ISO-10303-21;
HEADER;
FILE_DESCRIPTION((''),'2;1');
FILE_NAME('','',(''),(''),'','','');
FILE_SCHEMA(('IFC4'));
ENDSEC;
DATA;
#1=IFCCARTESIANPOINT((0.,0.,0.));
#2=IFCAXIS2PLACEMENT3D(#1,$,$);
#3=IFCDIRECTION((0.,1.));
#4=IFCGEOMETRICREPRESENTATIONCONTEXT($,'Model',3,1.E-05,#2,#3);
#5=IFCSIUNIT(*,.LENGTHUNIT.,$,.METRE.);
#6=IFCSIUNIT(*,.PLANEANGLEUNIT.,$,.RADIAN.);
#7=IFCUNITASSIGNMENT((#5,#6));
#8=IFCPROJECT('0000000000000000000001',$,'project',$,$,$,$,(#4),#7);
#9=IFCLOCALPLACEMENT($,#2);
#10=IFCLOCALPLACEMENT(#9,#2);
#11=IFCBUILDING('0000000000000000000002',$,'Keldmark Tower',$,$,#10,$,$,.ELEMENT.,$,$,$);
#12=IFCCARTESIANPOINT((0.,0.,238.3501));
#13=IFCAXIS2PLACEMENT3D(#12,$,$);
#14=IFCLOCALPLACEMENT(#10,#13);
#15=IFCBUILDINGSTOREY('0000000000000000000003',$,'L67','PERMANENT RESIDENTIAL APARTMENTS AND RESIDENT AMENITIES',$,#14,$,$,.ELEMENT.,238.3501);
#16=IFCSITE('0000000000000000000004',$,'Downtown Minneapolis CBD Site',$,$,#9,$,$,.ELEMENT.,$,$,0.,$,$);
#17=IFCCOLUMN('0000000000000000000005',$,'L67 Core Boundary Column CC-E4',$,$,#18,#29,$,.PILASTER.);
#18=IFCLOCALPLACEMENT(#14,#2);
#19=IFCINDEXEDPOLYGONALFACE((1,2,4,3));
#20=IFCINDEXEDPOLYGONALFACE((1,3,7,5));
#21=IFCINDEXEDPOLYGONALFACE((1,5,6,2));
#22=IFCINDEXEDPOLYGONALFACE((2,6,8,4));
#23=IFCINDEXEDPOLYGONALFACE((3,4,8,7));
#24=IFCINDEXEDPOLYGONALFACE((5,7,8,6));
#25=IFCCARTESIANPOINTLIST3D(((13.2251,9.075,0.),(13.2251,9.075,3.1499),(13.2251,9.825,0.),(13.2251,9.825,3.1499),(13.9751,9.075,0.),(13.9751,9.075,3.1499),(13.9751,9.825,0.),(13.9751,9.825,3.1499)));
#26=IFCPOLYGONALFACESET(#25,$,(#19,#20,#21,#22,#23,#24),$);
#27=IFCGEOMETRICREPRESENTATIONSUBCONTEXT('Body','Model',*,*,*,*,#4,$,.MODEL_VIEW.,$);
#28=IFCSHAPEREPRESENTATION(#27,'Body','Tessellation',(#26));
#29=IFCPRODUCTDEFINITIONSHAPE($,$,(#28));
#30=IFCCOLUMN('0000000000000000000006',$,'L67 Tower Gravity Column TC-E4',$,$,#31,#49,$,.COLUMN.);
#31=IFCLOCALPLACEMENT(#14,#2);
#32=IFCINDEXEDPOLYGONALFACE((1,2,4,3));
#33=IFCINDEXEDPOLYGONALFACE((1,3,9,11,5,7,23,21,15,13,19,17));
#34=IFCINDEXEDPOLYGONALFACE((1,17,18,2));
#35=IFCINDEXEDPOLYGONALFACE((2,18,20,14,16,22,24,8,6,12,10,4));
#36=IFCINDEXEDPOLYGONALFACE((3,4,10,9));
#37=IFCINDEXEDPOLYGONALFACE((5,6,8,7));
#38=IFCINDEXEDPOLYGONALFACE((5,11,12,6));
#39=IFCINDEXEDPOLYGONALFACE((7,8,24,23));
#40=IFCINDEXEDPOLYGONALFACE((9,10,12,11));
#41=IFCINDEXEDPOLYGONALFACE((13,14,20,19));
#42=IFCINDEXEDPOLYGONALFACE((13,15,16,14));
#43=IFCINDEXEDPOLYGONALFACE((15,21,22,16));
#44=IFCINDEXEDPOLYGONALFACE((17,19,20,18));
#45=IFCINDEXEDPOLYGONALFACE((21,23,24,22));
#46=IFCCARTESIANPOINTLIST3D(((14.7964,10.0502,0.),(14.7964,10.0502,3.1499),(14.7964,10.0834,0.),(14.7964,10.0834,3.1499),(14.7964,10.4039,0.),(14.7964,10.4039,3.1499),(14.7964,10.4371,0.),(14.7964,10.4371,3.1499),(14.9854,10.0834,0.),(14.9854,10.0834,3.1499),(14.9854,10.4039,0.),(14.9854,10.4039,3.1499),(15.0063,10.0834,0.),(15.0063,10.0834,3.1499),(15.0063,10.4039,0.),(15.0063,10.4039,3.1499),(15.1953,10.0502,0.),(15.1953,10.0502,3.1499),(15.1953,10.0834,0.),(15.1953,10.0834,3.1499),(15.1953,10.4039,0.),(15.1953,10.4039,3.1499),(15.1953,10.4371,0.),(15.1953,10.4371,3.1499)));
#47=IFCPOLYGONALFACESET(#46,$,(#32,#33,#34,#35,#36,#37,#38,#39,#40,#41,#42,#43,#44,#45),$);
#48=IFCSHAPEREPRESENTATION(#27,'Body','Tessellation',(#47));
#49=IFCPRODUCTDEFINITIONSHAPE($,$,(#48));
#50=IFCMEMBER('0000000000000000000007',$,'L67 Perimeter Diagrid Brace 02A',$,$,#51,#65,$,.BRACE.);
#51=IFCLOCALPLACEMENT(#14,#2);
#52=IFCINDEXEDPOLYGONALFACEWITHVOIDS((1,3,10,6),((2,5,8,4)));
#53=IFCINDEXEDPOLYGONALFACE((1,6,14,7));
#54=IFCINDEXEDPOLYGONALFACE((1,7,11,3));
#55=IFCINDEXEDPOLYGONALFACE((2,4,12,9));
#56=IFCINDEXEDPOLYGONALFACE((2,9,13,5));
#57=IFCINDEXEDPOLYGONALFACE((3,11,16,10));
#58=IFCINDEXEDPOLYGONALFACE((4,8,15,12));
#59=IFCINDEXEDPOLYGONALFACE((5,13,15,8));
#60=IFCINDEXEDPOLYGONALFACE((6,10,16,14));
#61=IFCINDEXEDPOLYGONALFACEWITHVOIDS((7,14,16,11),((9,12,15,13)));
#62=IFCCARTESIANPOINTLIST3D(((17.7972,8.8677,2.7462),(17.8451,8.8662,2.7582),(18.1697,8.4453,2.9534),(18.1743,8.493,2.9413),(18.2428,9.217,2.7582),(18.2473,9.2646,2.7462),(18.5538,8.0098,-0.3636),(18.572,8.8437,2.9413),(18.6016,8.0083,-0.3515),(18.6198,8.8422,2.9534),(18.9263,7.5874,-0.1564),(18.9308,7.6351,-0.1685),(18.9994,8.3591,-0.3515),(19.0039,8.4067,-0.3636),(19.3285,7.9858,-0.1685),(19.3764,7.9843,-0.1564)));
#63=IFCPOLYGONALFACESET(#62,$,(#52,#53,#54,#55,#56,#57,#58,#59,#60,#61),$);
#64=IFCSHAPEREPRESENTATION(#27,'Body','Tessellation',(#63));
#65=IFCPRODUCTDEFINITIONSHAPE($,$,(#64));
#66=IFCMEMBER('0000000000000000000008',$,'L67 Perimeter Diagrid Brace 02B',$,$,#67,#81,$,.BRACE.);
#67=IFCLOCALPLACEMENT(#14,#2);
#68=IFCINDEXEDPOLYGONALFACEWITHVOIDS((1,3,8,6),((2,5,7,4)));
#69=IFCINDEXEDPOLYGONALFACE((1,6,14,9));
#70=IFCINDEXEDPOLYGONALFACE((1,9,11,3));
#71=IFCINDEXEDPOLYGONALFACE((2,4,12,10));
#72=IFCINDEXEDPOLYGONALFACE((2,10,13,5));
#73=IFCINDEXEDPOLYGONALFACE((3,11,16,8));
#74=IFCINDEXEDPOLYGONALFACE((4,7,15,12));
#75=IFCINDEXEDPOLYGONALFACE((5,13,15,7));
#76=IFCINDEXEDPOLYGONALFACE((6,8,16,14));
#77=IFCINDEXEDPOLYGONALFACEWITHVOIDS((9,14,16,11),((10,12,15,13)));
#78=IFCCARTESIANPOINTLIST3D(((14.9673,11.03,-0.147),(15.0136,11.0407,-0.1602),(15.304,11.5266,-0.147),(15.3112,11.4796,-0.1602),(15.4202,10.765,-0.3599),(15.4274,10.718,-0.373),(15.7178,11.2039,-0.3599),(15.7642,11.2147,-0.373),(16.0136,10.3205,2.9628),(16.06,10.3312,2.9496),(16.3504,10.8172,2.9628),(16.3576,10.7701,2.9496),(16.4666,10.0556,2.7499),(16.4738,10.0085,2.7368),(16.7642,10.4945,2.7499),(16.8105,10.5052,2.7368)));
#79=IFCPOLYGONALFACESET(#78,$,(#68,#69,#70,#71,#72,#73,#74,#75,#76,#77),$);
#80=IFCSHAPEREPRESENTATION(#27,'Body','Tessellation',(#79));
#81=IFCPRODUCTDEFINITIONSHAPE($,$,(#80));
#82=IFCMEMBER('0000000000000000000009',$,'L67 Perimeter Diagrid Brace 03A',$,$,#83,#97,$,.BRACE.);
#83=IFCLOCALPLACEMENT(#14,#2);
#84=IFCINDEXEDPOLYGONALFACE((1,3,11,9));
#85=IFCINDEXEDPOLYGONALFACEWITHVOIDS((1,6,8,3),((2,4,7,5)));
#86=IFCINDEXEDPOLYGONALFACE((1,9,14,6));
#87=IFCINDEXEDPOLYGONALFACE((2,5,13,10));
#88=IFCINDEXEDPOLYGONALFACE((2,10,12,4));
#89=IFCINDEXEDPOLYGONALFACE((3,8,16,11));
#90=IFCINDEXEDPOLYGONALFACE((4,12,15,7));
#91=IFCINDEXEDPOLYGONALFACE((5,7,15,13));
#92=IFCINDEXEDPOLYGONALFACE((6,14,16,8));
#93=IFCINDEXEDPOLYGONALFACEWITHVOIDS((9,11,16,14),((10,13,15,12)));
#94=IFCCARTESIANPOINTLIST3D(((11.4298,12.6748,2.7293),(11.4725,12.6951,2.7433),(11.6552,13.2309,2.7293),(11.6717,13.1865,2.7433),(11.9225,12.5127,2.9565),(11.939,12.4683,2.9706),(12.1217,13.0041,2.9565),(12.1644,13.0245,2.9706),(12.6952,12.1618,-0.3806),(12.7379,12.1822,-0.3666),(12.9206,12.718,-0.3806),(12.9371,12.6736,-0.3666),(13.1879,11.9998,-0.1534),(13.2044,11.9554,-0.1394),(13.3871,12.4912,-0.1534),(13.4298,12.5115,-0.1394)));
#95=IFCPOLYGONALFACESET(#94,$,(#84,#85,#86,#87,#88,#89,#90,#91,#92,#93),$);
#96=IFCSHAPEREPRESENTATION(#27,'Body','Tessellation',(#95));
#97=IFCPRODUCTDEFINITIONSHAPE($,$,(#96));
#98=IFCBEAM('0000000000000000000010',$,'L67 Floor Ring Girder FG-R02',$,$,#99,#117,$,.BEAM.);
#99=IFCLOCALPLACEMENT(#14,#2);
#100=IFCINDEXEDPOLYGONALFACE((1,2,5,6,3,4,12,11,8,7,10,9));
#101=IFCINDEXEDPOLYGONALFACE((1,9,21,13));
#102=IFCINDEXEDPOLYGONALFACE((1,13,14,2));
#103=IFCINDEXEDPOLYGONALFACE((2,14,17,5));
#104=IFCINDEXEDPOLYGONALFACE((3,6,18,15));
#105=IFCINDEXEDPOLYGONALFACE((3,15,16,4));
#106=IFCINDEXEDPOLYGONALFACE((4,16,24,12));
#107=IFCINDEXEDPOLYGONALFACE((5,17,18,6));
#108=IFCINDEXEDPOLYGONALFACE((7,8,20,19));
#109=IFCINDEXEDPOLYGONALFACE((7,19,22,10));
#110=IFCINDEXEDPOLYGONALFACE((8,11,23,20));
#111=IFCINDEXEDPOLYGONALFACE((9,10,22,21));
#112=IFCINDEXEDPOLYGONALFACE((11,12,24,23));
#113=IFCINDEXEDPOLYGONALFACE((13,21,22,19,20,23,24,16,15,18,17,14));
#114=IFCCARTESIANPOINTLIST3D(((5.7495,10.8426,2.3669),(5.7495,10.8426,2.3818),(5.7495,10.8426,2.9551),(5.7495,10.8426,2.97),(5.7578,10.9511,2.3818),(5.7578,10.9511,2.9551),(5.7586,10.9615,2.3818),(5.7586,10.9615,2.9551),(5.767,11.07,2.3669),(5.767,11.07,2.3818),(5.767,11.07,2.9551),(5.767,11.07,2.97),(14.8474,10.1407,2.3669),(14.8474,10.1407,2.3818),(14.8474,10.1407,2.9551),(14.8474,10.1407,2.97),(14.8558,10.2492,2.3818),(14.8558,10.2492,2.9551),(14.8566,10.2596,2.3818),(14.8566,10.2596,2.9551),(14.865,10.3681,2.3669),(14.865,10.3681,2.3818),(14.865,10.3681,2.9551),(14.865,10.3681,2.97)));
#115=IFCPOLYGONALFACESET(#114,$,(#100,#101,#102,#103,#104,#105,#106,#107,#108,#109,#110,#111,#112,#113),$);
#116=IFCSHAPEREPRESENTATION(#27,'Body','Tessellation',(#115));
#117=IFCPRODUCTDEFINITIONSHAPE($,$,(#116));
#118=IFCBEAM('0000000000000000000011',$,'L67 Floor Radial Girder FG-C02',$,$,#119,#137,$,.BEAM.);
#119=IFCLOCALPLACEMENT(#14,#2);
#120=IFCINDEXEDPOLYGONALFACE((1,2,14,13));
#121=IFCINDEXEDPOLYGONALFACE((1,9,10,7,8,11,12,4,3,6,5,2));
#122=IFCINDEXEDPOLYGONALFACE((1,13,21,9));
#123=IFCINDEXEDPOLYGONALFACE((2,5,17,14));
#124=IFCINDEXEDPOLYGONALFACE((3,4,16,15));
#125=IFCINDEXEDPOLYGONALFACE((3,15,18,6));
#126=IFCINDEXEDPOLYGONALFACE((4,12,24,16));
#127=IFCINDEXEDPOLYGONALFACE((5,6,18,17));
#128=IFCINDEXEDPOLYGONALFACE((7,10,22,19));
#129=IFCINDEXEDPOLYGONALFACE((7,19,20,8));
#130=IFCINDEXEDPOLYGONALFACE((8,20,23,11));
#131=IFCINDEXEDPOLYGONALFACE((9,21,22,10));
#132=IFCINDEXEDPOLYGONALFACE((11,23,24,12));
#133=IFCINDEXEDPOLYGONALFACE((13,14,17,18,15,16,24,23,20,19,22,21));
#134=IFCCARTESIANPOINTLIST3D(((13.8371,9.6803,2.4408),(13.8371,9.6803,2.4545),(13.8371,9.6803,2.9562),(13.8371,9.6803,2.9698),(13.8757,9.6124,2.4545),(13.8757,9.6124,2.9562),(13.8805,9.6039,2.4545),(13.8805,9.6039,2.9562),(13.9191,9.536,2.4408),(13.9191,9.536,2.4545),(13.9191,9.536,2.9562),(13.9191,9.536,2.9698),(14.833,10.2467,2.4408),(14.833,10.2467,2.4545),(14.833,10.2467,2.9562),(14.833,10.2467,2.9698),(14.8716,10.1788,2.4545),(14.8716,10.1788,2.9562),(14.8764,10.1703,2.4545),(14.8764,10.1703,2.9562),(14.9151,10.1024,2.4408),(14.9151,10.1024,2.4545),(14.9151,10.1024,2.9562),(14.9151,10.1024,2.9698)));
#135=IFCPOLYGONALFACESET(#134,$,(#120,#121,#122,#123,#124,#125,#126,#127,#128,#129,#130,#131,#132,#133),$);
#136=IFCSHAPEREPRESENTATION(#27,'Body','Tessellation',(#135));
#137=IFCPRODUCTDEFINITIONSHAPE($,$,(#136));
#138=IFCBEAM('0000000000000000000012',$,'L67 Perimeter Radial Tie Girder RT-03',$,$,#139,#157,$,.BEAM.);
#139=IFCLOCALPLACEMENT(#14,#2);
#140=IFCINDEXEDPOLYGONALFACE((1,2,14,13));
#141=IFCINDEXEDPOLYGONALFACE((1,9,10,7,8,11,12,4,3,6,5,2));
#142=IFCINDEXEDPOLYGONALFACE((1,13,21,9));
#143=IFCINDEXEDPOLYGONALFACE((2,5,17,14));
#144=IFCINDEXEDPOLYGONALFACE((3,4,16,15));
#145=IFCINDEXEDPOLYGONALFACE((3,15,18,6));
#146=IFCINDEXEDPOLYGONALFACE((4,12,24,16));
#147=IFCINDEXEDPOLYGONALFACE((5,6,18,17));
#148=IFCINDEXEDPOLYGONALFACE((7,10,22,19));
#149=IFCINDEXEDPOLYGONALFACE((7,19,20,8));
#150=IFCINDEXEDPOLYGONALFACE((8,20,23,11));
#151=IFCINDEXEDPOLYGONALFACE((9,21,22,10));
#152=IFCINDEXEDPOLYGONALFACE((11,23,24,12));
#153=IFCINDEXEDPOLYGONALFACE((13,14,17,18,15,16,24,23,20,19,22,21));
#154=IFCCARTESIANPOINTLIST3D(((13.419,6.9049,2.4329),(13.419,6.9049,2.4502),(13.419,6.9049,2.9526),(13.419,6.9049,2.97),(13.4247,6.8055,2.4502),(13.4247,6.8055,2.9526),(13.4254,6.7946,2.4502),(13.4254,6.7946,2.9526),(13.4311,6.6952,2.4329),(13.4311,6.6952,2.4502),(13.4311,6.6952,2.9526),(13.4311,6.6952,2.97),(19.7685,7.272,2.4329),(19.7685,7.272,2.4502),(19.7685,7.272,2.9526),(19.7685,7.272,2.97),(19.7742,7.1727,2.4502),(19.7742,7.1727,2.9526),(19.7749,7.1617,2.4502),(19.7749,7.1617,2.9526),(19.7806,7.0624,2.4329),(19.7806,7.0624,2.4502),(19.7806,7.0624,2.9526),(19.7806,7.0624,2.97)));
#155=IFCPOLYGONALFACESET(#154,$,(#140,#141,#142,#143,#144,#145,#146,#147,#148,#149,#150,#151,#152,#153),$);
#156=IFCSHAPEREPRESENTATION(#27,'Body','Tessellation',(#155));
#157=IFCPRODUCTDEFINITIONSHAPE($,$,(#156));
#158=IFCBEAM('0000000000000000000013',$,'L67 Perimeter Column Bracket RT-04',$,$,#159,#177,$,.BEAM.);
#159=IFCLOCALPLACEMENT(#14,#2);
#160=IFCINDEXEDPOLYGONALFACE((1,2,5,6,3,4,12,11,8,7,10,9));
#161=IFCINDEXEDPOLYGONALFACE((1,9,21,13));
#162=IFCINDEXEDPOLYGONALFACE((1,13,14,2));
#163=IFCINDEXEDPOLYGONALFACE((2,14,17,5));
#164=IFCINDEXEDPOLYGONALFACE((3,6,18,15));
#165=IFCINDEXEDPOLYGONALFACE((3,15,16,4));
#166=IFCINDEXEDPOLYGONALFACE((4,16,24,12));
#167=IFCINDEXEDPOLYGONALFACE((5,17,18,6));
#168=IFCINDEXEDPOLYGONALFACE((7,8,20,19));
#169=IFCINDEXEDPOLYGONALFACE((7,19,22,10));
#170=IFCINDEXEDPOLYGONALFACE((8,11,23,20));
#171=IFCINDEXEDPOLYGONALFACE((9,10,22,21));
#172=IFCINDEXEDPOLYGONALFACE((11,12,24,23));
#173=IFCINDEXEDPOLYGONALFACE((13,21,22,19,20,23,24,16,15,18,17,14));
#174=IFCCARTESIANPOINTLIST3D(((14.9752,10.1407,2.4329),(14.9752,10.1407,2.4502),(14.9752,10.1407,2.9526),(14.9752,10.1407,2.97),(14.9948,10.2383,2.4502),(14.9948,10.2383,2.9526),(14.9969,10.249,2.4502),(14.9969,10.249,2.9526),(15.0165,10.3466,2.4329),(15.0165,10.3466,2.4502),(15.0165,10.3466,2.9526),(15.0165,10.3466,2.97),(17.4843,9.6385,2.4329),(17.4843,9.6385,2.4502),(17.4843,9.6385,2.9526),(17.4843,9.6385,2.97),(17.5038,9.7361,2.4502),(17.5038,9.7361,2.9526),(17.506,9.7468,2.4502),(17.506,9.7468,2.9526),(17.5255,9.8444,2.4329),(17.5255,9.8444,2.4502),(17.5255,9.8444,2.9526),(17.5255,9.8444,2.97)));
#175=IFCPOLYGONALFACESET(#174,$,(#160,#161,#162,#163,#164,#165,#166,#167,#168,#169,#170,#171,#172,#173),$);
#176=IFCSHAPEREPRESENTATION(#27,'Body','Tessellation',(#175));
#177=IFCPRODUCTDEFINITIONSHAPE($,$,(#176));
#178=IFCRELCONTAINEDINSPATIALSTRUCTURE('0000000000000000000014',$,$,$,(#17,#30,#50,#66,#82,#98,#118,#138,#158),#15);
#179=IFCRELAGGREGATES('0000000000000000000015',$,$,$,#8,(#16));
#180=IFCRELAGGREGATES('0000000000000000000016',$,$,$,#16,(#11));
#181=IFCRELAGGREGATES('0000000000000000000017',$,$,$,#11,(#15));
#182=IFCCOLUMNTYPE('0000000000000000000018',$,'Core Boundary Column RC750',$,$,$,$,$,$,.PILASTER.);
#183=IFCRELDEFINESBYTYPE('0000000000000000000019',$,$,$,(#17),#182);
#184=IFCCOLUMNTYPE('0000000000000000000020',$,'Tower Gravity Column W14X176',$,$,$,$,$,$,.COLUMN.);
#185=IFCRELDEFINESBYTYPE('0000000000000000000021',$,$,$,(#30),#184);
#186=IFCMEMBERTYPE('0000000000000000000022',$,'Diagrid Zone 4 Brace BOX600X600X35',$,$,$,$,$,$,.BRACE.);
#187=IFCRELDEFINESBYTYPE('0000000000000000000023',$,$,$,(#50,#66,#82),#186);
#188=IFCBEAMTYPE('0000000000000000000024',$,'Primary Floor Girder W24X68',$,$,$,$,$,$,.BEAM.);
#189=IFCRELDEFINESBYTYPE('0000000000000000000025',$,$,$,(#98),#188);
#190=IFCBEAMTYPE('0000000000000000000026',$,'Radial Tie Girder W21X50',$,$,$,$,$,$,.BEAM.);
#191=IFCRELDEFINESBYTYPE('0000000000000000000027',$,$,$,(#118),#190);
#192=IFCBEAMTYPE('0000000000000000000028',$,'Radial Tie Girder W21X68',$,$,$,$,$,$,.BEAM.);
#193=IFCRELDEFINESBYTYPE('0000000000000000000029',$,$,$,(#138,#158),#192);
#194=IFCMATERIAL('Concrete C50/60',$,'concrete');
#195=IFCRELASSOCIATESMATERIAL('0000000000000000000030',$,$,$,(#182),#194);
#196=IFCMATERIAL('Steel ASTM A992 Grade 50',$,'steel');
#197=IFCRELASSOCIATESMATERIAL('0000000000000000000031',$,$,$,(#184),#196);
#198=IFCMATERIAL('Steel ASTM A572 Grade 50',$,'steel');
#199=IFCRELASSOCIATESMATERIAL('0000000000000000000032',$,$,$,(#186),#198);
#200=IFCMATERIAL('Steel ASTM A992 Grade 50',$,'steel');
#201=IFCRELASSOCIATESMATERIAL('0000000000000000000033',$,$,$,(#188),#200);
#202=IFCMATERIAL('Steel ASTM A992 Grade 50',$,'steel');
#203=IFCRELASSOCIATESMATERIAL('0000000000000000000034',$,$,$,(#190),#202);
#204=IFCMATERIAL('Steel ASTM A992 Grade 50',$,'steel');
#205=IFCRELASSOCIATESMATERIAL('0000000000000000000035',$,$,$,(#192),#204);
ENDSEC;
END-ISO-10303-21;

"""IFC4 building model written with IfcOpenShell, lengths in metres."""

from ifc_helpers import new_model, si_unit, direction, frame, origin, origin_2d, place, context, subcontext, project, spatial, rectangle, hollow_rectangle, i_section, extrude, material, material_profile, profile_set, type_object, element, save


model = new_model("IFC4")

# Units and contexts
model_context = context("Model", 3, precision=1e-05, world=origin(), true_north=direction((0.0, 1.0)))
body_context = subcontext(model_context, "Body", "Model", "MODEL_VIEW")
ifc_project = project(units=[si_unit("LENGTHUNIT", "METRE"), si_unit("PLANEANGLEUNIT", "RADIAN")], contexts=[model_context])

# Site, building, storey
site_placement = place(None, origin())
site = spatial("IfcSite", under=ifc_project, at=site_placement, Name="Downtown Minneapolis CBD Site", CompositionType="ELEMENT", RefElevation=0.0)
building_placement = place(site_placement, origin())
building = spatial("IfcBuilding", under=site, at=building_placement, Name="Keldmark Tower", CompositionType="ELEMENT")
storey_placement = place(building_placement, frame((0.0, 0.0, 238.3501)))
storey = spatial("IfcBuildingStorey", under=building, at=storey_placement, Name="L67", Description="PERMANENT RESIDENTIAL APARTMENTS AND RESIDENT AMENITIES", CompositionType="ELEMENT", Elevation=238.3501)

# Columns
ifc_material_1 = material(Name="Concrete C50/60", Category="concrete")
ifc_material_profile_1 = material_profile(ifc_material_1, rectangle(XDim=0.75, YDim=0.75, at=origin_2d()), Name="RC750X750")
ifc_profile_set_1 = profile_set([ifc_material_profile_1], Name="Concrete C50/60")
column_type_1 = type_object("IfcColumnType", Name="Core Boundary Column RC750", PredefinedType="PILASTER", material=ifc_profile_set_1)
column_1_placement = place(storey_placement, frame((13.6001, 9.45, 0.0), z_axis=(0.0, 0.0, 1.0), x_axis=(1.0, 0.0, 0.0)))
element("IfcColumn", 1, at=column_1_placement, inside=storey, type_object=column_type_1, Name="L67 Core Boundary Column CC-E4", PredefinedType="PILASTER", context=body_context, shape_type="SweptSolid", body=[
    extrude(rectangle(XDim=0.75, YDim=0.75, at=origin_2d()), origin(), (0.0, 0.0, 1.0), 3.1499),
])
ifc_material_2 = material(Name="Steel ASTM A992 Grade 50", Category="steel")
ifc_material_profile_2 = material_profile(ifc_material_2, i_section(OverallWidth=0.3989, OverallDepth=0.387, WebThickness=0.021, FlangeThickness=0.0332, at=origin_2d()), Name="W14X176")
ifc_profile_set_2 = profile_set([ifc_material_profile_2], Name="Steel ASTM A992 Grade 50")
column_type_2 = type_object("IfcColumnType", Name="Tower Gravity Column W14X176", PredefinedType="COLUMN", material=ifc_profile_set_2)
column_2_placement = place(storey_placement, frame((14.9958, 10.2437, 0.0), z_axis=(0.0, 0.0, 1.0), x_axis=(1.0, 0.0, 0.0)))
element("IfcColumn", 2, at=column_2_placement, inside=storey, type_object=column_type_2, Name="L67 Tower Gravity Column TC-E4", PredefinedType="COLUMN", context=body_context, shape_type="SweptSolid", body=[
    extrude(i_section(OverallWidth=0.3989, OverallDepth=0.387, WebThickness=0.021, FlangeThickness=0.0332, at=origin_2d()), origin(), (0.0, 0.0, 1.0), 3.1499),
])

# Members
ifc_material_3 = material(Name="Steel ASTM A572 Grade 50", Category="steel")
ifc_material_profile_3 = material_profile(ifc_material_3, hollow_rectangle(XDim=0.6001, YDim=0.6001, WallThickness=0.0349, at=origin_2d()), Name="BOX600X600X35")
ifc_profile_set_3 = profile_set([ifc_material_profile_3], Name="Steel ASTM A572 Grade 50")
member_type = type_object("IfcMemberType", Name="Diagrid Zone 4 Brace BOX600X600X35", PredefinedType="BRACE", material=ifc_profile_set_3)
member_1_placement = place(storey_placement, frame((18.9651, 7.9971, -0.26), z_axis=(-0.228332, 0.258909, 0.938526), x_axis=(-0.750006, -0.661431, 0.0)))
element("IfcMember", 3, at=member_1_placement, inside=storey, type_object=member_type, Name="L67 Perimeter Diagrid Brace 02A", PredefinedType="BRACE", context=body_context, shape_type="SweptSolid", body=[
    extrude(hollow_rectangle(XDim=0.6001, YDim=0.6001, WallThickness=0.0349, at=origin_2d()), origin(), (0.0, 0.0, 1.0), 3.3135),
])
member_2_placement = place(storey_placement, frame((15.3657, 11.1223, -0.26), z_axis=(0.311702, -0.211341, 0.926378), x_axis=(0.56119, 0.827687, 0.0)))
element("IfcMember", 4, at=member_2_placement, inside=storey, type_object=member_type, Name="L67 Perimeter Diagrid Brace 02B", PredefinedType="BRACE", context=body_context, shape_type="SweptSolid", body=[
    extrude(hollow_rectangle(XDim=0.6001, YDim=0.6001, WallThickness=0.0349, at=origin_2d()), origin(), (0.0, 0.0, 1.0), 3.3569),
])
member_3_placement = place(storey_placement, frame((13.0625, 12.3367, -0.26), z_axis=(-0.372565, 0.151024, 0.915635), x_axis=(-0.375672, -0.926753, 0.0)))
element("IfcMember", 5, at=member_3_placement, inside=storey, type_object=member_type, Name="L67 Perimeter Diagrid Brace 03A", PredefinedType="BRACE", context=body_context, shape_type="SweptSolid", body=[
    extrude(hollow_rectangle(XDim=0.6001, YDim=0.6001, WallThickness=0.0349, at=origin_2d()), origin(), (0.0, 0.0, 1.0), 3.3965),
])

# Beams
ifc_material_4 = material(Name="Steel ASTM A992 Grade 50", Category="steel")
ifc_material_profile_4 = material_profile(ifc_material_4, i_section(OverallWidth=0.228, OverallDepth=0.603, WebThickness=0.0105, FlangeThickness=0.0149, at=origin_2d()), Name="W24X68")
ifc_profile_set_4 = profile_set([ifc_material_profile_4], Name="Steel ASTM A992 Grade 50")
beam_type_1 = type_object("IfcBeamType", Name="Primary Floor Girder W24X68", PredefinedType="BEAM", material=ifc_profile_set_4)
beam_1_placement = place(storey_placement, frame((14.8562, 10.2544, 2.6685), z_axis=(-0.997037, 0.076922, 0.0), x_axis=(-0.076922, -0.997037, 0.0)))
element("IfcBeam", 6, at=beam_1_placement, inside=storey, type_object=beam_type_1, Name="L67 Floor Ring Girder FG-R02", PredefinedType="BEAM", context=body_context, shape_type="SweptSolid", body=[
    extrude(i_section(OverallWidth=0.228, OverallDepth=0.603, WebThickness=0.0105, FlangeThickness=0.0149, at=origin_2d()), origin(), (0.0, 0.0, 1.0), 9.125),
])
ifc_material_5 = material(Name="Steel ASTM A992 Grade 50", Category="steel")
ifc_material_profile_5 = material_profile(ifc_material_5, i_section(OverallWidth=0.166, OverallDepth=0.5291, WebThickness=0.0098, FlangeThickness=0.0137, at=origin_2d()), Name="W21X50")
ifc_profile_set_5 = profile_set([ifc_material_profile_5], Name="Steel ASTM A992 Grade 50")
beam_type_2 = type_object("IfcBeamType", Name="Radial Tie Girder W21X50", PredefinedType="BEAM", material=ifc_profile_set_5)
beam_2_placement = place(storey_placement, frame((14.874, 10.1746, 2.7053), z_axis=(-0.869238, -0.494394, 0.0), x_axis=(0.494394, -0.869238, 0.0)))
element("IfcBeam", 7, at=beam_2_placement, inside=storey, type_object=beam_type_2, Name="L67 Floor Radial Girder FG-C02", PredefinedType="BEAM", context=body_context, shape_type="SweptSolid", body=[
    extrude(i_section(OverallWidth=0.166, OverallDepth=0.5291, WebThickness=0.0098, FlangeThickness=0.0137, at=origin_2d()), origin(), (0.0, 0.0, 1.0), 1.1458),
])
ifc_material_6 = material(Name="Steel ASTM A992 Grade 50", Category="steel")
ifc_material_profile_6 = material_profile(ifc_material_6, i_section(OverallWidth=0.21, OverallDepth=0.5371, WebThickness=0.011, FlangeThickness=0.0173, at=origin_2d()), Name="W21X68")
ifc_profile_set_6 = profile_set([ifc_material_profile_6], Name="Steel ASTM A992 Grade 50")
beam_type_3 = type_object("IfcBeamType", Name="Radial Tie Girder W21X68", PredefinedType="BEAM", material=ifc_profile_set_6)
beam_3_placement = place(storey_placement, frame((13.425, 6.8, 2.7014), z_axis=(0.998332, 0.057732, 0.0), x_axis=(-0.057732, 0.998332, 0.0)))
element("IfcBeam", 8, at=beam_3_placement, inside=storey, type_object=beam_type_3, Name="L67 Perimeter Radial Tie Girder RT-03", PredefinedType="BEAM", context=body_context, shape_type="SweptSolid", body=[
    extrude(i_section(OverallWidth=0.21, OverallDepth=0.5371, WebThickness=0.011, FlangeThickness=0.0173, at=origin_2d()), origin(), (0.0, 0.0, 1.0), 6.3601),
])
beam_4_placement = place(storey_placement, frame((14.9958, 10.2437, 2.7014), z_axis=(0.980551, -0.196263, 0.0), x_axis=(0.196263, 0.980551, 0.0)))
element("IfcBeam", 9, at=beam_4_placement, inside=storey, type_object=beam_type_3, Name="L67 Perimeter Column Bracket RT-04", PredefinedType="BEAM", context=body_context, shape_type="SweptSolid", body=[
    extrude(i_section(OverallWidth=0.21, OverallDepth=0.5371, WebThickness=0.011, FlangeThickness=0.0173, at=origin_2d()), origin(), (0.0, 0.0, 1.0), 2.5588),
])

save(model, "model.ifc")
